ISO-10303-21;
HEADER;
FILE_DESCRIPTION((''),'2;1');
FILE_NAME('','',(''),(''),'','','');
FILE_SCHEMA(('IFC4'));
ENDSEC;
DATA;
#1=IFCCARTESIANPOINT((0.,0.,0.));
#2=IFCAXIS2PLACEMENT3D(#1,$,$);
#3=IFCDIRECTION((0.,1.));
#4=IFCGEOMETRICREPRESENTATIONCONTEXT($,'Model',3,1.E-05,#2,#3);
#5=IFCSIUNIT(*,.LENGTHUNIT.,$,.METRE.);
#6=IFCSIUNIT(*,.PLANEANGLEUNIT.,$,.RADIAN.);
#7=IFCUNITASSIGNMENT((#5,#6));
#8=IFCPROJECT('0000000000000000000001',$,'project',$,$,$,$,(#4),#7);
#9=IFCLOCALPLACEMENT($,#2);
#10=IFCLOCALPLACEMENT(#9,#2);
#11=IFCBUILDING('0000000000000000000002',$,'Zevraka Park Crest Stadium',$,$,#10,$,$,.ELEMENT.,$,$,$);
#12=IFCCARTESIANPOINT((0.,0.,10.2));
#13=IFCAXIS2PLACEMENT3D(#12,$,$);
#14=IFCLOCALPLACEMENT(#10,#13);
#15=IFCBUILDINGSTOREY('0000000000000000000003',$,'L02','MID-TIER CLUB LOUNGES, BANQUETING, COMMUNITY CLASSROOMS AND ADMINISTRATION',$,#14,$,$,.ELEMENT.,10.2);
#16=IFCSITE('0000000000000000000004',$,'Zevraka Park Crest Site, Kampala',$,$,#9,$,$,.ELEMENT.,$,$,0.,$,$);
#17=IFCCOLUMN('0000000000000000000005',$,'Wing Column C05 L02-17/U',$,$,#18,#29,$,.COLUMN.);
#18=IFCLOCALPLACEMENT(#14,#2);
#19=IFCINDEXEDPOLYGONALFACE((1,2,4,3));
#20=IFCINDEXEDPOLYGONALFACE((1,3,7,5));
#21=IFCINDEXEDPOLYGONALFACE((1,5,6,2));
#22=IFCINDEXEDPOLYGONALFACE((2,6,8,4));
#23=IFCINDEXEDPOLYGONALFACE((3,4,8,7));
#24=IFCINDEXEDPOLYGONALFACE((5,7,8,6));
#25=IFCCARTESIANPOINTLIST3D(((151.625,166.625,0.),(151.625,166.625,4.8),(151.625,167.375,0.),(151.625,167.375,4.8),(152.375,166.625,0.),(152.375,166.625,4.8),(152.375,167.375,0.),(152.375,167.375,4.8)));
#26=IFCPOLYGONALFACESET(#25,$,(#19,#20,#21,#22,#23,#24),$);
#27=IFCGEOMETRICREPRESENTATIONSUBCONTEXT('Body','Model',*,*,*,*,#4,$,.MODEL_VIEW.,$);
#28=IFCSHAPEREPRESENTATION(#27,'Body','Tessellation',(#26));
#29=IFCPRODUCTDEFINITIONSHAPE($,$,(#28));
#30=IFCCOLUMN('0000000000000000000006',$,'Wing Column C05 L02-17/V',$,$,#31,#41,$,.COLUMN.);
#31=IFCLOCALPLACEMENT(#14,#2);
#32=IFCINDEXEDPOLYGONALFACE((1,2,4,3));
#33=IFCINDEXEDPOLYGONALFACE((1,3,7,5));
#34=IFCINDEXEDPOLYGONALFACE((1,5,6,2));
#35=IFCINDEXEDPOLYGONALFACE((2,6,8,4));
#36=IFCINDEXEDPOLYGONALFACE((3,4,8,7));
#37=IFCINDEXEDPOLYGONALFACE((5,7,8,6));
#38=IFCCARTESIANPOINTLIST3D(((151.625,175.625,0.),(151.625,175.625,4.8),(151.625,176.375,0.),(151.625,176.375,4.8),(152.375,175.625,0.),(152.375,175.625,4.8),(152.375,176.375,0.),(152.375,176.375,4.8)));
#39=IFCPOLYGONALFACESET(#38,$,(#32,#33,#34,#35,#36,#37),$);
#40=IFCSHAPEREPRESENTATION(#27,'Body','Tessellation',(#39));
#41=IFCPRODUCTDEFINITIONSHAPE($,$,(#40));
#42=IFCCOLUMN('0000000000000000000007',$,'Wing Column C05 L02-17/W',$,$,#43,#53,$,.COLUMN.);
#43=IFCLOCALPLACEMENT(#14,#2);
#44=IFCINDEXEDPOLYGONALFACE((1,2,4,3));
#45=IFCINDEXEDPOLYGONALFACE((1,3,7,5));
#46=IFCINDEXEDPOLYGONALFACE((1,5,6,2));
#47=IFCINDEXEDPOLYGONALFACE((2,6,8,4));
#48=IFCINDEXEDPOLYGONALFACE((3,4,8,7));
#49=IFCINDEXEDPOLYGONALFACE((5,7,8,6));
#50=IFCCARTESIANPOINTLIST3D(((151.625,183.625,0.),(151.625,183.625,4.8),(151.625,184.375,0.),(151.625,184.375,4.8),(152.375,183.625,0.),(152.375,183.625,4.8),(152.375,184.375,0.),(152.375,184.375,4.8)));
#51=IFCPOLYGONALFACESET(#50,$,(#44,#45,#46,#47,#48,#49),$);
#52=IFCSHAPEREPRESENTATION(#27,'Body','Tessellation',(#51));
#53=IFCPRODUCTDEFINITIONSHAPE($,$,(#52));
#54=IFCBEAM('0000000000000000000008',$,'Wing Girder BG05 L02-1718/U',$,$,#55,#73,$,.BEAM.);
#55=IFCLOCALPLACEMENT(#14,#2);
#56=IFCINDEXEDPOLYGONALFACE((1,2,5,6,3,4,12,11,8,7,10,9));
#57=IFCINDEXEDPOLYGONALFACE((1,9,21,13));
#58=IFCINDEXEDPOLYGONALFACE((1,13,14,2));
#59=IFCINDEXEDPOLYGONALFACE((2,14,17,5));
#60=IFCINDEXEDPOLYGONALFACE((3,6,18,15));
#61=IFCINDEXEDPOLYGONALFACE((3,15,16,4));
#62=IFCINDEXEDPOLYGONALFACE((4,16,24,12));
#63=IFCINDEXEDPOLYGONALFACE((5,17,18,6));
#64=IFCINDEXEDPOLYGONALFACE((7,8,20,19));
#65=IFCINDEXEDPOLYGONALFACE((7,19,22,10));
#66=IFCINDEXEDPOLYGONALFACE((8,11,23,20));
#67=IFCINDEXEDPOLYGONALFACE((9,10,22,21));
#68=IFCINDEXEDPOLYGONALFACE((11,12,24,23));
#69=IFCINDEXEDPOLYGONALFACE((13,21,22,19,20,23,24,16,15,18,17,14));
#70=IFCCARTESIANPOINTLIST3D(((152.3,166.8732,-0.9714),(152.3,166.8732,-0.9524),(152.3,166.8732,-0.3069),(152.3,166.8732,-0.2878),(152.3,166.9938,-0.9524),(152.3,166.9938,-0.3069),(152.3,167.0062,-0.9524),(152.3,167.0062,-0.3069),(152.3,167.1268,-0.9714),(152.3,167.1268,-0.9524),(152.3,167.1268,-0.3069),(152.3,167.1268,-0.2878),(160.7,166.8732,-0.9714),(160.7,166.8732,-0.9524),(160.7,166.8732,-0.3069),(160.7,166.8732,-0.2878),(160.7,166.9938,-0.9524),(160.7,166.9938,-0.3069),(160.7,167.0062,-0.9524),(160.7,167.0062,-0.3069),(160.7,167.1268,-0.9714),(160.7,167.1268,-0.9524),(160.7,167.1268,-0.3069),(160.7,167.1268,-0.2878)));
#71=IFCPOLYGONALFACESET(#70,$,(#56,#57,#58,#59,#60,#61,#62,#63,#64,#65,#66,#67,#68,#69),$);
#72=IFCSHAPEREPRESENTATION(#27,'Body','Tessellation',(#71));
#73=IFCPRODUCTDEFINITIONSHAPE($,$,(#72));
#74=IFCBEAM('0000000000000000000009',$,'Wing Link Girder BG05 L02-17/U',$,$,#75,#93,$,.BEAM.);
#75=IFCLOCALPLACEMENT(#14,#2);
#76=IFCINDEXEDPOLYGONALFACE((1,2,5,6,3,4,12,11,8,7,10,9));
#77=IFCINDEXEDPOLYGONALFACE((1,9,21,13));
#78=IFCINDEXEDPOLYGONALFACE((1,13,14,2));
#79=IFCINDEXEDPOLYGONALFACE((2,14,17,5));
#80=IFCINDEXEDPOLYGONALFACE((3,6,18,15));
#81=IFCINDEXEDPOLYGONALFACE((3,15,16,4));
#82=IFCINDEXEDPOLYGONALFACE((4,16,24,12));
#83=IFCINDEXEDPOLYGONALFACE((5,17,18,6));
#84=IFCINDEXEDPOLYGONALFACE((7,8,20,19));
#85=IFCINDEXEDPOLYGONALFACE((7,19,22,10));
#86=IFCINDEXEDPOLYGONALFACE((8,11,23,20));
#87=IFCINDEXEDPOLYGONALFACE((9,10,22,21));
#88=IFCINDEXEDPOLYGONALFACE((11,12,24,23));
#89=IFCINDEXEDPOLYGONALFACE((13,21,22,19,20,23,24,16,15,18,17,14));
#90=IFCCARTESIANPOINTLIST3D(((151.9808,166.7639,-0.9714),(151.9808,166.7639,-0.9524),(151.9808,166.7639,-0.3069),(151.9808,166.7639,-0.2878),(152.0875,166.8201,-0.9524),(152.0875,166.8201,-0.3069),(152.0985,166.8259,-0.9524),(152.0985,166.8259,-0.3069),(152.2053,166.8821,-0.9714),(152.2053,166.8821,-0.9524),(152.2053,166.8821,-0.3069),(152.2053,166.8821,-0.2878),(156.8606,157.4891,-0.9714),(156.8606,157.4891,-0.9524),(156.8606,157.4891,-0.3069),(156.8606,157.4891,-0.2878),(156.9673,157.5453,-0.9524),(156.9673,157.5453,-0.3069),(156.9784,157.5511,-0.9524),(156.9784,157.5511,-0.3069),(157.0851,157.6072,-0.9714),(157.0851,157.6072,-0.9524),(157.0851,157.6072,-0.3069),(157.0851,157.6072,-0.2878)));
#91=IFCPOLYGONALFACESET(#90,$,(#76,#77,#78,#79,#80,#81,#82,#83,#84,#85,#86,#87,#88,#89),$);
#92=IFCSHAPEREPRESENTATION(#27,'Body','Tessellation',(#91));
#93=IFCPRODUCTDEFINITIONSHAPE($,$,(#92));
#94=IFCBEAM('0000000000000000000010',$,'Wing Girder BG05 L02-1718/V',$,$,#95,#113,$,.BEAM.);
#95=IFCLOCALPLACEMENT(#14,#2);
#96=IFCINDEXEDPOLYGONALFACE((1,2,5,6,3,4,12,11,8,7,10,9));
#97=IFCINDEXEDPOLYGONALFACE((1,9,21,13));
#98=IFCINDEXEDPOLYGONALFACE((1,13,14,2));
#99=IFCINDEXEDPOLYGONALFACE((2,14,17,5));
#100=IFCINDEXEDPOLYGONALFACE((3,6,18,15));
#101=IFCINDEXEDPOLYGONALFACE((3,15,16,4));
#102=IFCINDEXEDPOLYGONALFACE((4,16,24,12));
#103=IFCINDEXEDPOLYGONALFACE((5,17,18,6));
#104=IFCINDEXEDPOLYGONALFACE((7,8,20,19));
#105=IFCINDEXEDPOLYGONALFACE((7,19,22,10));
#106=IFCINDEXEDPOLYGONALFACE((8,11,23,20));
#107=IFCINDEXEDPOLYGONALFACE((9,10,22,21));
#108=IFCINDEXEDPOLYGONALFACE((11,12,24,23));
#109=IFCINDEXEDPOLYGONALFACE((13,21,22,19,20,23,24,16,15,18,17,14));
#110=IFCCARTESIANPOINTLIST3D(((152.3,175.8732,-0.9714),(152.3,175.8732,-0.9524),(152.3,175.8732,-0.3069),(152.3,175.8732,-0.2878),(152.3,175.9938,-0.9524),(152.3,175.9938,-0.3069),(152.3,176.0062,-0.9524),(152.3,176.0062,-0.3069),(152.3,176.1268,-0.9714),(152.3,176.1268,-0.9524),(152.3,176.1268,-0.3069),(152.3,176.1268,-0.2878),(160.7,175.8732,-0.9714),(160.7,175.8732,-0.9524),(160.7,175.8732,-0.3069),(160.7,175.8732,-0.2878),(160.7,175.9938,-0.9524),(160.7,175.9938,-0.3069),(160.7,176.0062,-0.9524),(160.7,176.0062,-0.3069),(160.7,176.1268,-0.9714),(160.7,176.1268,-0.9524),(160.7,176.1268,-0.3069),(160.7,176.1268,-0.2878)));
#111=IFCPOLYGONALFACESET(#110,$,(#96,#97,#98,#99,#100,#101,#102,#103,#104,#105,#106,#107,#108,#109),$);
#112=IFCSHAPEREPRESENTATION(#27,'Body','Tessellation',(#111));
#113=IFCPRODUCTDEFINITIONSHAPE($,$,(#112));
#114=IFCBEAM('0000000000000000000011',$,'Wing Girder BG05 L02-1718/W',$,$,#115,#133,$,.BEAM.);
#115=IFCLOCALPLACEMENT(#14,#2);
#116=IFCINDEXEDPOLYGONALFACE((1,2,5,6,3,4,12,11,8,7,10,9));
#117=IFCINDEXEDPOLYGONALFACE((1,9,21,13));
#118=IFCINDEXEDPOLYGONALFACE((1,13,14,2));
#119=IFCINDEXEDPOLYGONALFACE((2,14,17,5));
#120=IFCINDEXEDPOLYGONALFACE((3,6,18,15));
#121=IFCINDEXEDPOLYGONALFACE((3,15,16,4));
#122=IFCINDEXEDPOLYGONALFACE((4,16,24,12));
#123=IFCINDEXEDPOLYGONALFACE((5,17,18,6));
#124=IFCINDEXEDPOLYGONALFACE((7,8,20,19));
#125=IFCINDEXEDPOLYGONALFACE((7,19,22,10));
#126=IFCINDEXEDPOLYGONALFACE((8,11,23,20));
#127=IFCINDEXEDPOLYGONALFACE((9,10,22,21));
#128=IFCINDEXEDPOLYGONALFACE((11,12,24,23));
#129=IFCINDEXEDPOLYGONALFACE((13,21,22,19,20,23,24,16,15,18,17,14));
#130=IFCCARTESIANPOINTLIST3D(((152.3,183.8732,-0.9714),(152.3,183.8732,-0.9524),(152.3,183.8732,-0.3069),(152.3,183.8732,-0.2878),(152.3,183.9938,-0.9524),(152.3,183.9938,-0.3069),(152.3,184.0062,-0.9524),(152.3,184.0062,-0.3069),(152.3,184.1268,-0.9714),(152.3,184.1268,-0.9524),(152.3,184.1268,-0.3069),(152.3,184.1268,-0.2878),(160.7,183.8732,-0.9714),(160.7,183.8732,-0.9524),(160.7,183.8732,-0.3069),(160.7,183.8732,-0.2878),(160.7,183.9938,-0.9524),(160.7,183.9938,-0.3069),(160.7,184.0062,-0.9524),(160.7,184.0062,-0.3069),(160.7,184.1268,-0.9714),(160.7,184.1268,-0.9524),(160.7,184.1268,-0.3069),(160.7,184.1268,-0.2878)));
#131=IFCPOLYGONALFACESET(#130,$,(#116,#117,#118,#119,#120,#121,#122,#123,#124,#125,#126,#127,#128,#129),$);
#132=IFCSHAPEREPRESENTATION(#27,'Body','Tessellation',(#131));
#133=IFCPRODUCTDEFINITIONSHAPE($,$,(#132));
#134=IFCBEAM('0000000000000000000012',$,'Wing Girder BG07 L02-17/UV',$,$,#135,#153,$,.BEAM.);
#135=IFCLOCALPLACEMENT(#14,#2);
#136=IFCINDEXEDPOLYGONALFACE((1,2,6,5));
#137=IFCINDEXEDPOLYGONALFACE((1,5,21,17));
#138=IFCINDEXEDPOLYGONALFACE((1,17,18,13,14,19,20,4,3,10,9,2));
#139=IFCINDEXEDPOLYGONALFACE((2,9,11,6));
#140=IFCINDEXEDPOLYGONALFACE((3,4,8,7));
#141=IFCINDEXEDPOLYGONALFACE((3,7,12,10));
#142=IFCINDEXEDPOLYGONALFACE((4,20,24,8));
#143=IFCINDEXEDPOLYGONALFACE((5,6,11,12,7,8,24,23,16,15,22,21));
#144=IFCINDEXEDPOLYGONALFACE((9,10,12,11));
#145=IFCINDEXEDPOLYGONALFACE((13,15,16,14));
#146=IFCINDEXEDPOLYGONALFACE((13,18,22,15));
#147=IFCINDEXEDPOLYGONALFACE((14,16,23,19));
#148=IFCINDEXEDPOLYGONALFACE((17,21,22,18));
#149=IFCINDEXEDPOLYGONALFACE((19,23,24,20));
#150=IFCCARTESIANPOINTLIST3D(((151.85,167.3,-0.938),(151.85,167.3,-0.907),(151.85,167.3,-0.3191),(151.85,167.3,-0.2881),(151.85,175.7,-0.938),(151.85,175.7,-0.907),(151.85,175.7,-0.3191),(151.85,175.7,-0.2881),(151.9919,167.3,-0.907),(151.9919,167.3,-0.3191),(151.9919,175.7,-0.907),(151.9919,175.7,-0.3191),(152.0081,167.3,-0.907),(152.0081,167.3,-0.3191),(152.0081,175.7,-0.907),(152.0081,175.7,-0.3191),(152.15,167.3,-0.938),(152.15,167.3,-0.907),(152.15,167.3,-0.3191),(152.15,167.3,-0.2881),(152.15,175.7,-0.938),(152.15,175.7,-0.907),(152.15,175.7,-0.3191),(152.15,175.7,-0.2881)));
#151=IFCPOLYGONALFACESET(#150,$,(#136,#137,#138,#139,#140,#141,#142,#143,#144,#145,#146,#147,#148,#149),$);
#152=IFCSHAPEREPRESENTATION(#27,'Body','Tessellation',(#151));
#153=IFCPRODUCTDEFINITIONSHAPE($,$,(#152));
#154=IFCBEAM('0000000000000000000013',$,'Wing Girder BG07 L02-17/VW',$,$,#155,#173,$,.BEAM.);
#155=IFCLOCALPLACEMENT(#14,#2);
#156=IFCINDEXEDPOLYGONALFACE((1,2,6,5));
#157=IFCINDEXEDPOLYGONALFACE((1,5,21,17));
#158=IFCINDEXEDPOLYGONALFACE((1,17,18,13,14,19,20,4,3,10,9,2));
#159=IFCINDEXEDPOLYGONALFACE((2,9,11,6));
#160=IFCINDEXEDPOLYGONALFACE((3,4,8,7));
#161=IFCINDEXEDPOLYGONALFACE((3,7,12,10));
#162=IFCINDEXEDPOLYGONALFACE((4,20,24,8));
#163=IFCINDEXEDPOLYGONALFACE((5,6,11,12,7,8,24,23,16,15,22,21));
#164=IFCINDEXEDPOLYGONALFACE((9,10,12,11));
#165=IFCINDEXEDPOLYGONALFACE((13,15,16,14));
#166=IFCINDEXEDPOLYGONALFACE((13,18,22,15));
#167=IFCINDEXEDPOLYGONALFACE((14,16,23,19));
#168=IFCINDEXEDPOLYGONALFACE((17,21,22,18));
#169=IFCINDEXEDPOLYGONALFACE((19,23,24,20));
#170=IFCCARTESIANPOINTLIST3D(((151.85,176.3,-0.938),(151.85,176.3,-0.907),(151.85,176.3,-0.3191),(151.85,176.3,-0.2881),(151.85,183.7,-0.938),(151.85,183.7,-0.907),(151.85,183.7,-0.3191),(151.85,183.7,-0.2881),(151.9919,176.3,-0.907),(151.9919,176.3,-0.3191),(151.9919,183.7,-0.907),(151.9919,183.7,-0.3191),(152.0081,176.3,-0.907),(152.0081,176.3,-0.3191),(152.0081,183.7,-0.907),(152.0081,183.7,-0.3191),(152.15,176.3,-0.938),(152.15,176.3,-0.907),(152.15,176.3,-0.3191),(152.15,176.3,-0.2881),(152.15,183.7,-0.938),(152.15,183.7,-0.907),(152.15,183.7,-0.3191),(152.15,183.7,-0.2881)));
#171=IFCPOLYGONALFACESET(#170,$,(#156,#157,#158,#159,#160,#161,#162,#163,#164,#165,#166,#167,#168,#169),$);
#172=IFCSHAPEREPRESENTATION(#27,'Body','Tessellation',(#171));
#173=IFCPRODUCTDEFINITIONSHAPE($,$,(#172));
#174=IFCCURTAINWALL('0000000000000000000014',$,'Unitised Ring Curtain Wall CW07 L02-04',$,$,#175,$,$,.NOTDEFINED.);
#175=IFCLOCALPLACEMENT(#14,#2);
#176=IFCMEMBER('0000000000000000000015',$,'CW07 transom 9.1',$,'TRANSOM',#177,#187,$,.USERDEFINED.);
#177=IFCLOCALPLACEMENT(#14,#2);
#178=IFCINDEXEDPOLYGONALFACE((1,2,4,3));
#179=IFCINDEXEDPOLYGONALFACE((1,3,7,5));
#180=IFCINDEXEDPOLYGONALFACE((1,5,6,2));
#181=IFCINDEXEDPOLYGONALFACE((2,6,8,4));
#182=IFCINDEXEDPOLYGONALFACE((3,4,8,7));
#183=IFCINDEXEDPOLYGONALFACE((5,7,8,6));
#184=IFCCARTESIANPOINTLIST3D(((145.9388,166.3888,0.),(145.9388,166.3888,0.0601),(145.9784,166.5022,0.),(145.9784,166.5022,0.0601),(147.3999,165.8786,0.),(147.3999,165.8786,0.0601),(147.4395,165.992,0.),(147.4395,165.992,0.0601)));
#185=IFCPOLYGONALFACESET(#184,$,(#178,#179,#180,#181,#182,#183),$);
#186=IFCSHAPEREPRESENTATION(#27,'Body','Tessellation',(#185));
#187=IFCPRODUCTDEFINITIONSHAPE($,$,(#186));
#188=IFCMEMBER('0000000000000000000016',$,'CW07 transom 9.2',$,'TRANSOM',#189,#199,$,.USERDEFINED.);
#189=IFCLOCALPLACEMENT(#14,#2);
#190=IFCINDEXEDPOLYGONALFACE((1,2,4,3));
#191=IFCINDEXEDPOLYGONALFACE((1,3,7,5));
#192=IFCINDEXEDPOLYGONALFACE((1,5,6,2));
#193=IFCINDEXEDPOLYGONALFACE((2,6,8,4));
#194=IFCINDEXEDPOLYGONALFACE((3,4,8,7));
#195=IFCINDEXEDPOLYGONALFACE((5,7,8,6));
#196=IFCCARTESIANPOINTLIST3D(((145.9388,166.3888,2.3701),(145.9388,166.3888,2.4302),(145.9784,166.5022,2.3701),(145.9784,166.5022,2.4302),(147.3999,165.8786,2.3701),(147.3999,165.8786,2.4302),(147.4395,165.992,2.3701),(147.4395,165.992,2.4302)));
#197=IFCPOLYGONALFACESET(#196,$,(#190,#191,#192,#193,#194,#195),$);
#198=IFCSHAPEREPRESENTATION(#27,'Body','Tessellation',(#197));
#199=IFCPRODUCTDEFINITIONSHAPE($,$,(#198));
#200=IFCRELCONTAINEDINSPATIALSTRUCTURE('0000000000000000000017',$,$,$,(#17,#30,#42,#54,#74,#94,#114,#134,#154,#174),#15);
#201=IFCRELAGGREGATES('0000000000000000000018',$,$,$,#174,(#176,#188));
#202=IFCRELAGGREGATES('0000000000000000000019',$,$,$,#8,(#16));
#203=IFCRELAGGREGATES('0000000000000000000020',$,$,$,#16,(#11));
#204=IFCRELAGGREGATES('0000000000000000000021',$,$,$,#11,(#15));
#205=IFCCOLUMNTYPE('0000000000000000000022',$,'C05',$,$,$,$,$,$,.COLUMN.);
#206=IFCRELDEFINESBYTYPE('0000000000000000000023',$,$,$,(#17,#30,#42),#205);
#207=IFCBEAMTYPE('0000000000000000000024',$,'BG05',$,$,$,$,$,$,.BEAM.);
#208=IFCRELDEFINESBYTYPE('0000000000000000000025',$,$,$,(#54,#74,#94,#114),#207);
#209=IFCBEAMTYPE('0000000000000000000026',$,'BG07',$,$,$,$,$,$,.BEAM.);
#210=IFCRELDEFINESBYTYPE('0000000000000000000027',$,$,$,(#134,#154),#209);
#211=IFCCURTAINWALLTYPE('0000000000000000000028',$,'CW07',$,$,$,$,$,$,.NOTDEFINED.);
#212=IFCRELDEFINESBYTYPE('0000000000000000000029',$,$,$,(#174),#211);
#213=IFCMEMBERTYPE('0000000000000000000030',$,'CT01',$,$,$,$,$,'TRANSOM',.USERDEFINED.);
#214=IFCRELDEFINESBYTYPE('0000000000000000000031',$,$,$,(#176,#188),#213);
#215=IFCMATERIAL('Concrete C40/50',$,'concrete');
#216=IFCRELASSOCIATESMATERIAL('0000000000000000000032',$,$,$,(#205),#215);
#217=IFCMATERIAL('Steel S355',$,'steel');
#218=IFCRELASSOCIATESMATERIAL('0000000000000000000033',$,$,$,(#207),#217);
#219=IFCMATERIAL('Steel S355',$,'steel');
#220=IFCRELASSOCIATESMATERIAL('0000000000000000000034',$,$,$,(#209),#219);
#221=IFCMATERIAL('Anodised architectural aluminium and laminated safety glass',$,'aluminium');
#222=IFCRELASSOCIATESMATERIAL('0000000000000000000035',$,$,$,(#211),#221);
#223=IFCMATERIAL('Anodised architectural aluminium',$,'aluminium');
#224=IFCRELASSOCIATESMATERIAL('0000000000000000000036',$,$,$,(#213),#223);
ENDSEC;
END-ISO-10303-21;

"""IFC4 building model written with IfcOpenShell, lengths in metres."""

from ifc_helpers import new_model, si_unit, direction, frame, origin, origin_2d, place, context, subcontext, project, spatial, rectangle, i_section, extrude, material, material_profile, profile_set, type_object, element, aggregate, save


model = new_model("IFC4")

# Units and contexts
model_context = context("Model", 3, precision=1e-05, world=origin(), true_north=direction((0.0, 1.0)))
body_context = subcontext(model_context, "Body", "Model", "MODEL_VIEW")
ifc_project = project(units=[si_unit("LENGTHUNIT", "METRE"), si_unit("PLANEANGLEUNIT", "RADIAN")], contexts=[model_context])

# Site, building, storey
site_placement = place(None, origin())
site = spatial("IfcSite", under=ifc_project, at=site_placement, Name="Zevraka Park Crest Site, Kampala", CompositionType="ELEMENT", RefElevation=0.0)
building_placement = place(site_placement, origin())
building = spatial("IfcBuilding", under=site, at=building_placement, Name="Zevraka Park Crest Stadium", CompositionType="ELEMENT")
storey_placement = place(building_placement, frame((0.0, 0.0, 10.2)))
storey = spatial("IfcBuildingStorey", under=building, at=storey_placement, Name="L02", Description="MID-TIER CLUB LOUNGES, BANQUETING, COMMUNITY CLASSROOMS AND ADMINISTRATION", CompositionType="ELEMENT", Elevation=10.2)

# Columns
ifc_material_1 = material(Name="Concrete C40/50", Category="concrete")
ifc_material_profile_1 = material_profile(ifc_material_1, rectangle(XDim=0.75, YDim=0.75, at=origin_2d()), Name="RC 750x750")
ifc_profile_set_1 = profile_set([ifc_material_profile_1], Name="Concrete C40/50")
column_type = type_object("IfcColumnType", Name="C05", PredefinedType="COLUMN", material=ifc_profile_set_1)
for number, where, z_axis, x_axis, name in (
    (1, (152.0, 167.0, 0.0), (0.0, 0.0, 1.0), (1.0, 0.0, 0.0), "Wing Column C05 L02-17/U"),
    (2, (152.0, 176.0, 0.0), (0.0, 0.0, 1.0), (1.0, 0.0, 0.0), "Wing Column C05 L02-17/V"),
    (3, (152.0, 184.0, 0.0), (0.0, 0.0, 1.0), (1.0, 0.0, 0.0), "Wing Column C05 L02-17/W"),
):
    element("IfcColumn", number, at=place(storey_placement, frame(where, z_axis=z_axis, x_axis=x_axis)), inside=storey, type_object=column_type, Name=name, PredefinedType="COLUMN", context=body_context, shape_type="SweptSolid", body=[
        extrude(rectangle(XDim=0.75, YDim=0.75, at=origin_2d()), origin(), (0.0, 0.0, 1.0), 4.8),
    ])

# Beams
ifc_material_2 = material(Name="Steel S355", Category="steel")
ifc_material_profile_2 = material_profile(ifc_material_2, i_section(OverallWidth=0.2537, OverallDepth=0.6836, WebThickness=0.0125, FlangeThickness=0.019, at=origin_2d()), Name="UKB 686x254x140")
ifc_profile_set_2 = profile_set([ifc_material_profile_2], Name="Steel S355")
beam_type_1 = type_object("IfcBeamType", Name="BG05", PredefinedType="BEAM", material=ifc_profile_set_2)
beam_1_placement = place(storey_placement, frame((152.3, 167.0, -0.6296), z_axis=(1.0, 0.0, 0.0), x_axis=(0.0, 1.0, 0.0)))
element("IfcBeam", 4, at=beam_1_placement, inside=storey, type_object=beam_type_1, Name="Wing Girder BG05 L02-1718/U", PredefinedType="BEAM", context=body_context, shape_type="SweptSolid", body=[
    extrude(i_section(OverallWidth=0.2537, OverallDepth=0.6836, WebThickness=0.0125, FlangeThickness=0.019, at=origin_2d()), origin(), (0.0, 0.0, 1.0), 8.3999),
])
beam_2_placement = place(storey_placement, frame((152.093, 166.823, -0.6296), z_axis=(0.465624, -0.884983, 0.0), x_axis=(0.884983, 0.465624, 0.0)))
element("IfcBeam", 5, at=beam_2_placement, inside=storey, type_object=beam_type_1, Name="Wing Link Girder BG05 L02-17/U", PredefinedType="BEAM", context=body_context, shape_type="SweptSolid", body=[
    extrude(i_section(OverallWidth=0.2537, OverallDepth=0.6836, WebThickness=0.0125, FlangeThickness=0.019, at=origin_2d()), origin(), (0.0, 0.0, 1.0), 10.4802),
])
for number, where, z_axis, x_axis, name in (
    (6, (152.3, 176.0, -0.6296), (1.0, 0.0, 0.0), (0.0, 1.0, 0.0), "Wing Girder BG05 L02-1718/V"),
    (7, (152.3, 184.0, -0.6296), (1.0, 0.0, 0.0), (0.0, 1.0, 0.0), "Wing Girder BG05 L02-1718/W"),
):
    element("IfcBeam", number, at=place(storey_placement, frame(where, z_axis=z_axis, x_axis=x_axis)), inside=storey, type_object=beam_type_1, Name=name, PredefinedType="BEAM", context=body_context, shape_type="SweptSolid", body=[
        extrude(i_section(OverallWidth=0.2537, OverallDepth=0.6836, WebThickness=0.0125, FlangeThickness=0.019, at=origin_2d()), origin(), (0.0, 0.0, 1.0), 8.3999),
    ])
ifc_material_3 = material(Name="Steel S355", Category="steel")
ifc_material_profile_3 = material_profile(ifc_material_3, i_section(OverallWidth=0.3, OverallDepth=0.6499, WebThickness=0.0161, FlangeThickness=0.031, at=origin_2d()), Name="HEB 650")
ifc_profile_set_3 = profile_set([ifc_material_profile_3], Name="Steel S355")
beam_type_2 = type_object("IfcBeamType", Name="BG07", PredefinedType="BEAM", material=ifc_profile_set_3)
beam_3_placement = place(storey_placement, frame((152.0, 167.3, -0.613), z_axis=(0.0, 1.0, 0.0), x_axis=(-1.0, 0.0, 0.0)))
element("IfcBeam", 8, at=beam_3_placement, inside=storey, type_object=beam_type_2, Name="Wing Girder BG07 L02-17/UV", PredefinedType="BEAM", context=body_context, shape_type="SweptSolid", body=[
    extrude(i_section(OverallWidth=0.3, OverallDepth=0.6499, WebThickness=0.0161, FlangeThickness=0.031, at=origin_2d()), origin(), (0.0, 0.0, 1.0), 8.3999),
])
beam_4_placement = place(storey_placement, frame((152.0, 176.3, -0.613), z_axis=(0.0, 1.0, 0.0), x_axis=(-1.0, 0.0, 0.0)))
element("IfcBeam", 9, at=beam_4_placement, inside=storey, type_object=beam_type_2, Name="Wing Girder BG07 L02-17/VW", PredefinedType="BEAM", context=body_context, shape_type="SweptSolid", body=[
    extrude(i_section(OverallWidth=0.3, OverallDepth=0.6499, WebThickness=0.0161, FlangeThickness=0.031, at=origin_2d()), origin(), (0.0, 0.0, 1.0), 7.3999),
])

# Curtain wall, members
ifc_material_4 = material(Name="Anodised architectural aluminium and laminated safety glass", Category="aluminium")
curtain_wall_type = type_object("IfcCurtainWallType", Name="CW07", PredefinedType="NOTDEFINED", material=ifc_material_4)
curtain_wall_placement = place(storey_placement, origin())
curtain_wall = element("IfcCurtainWall", 10, at=curtain_wall_placement, inside=storey, type_object=curtain_wall_type, Name="Unitised Ring Curtain Wall CW07 L02-04", PredefinedType="NOTDEFINED")
ifc_material_5 = material(Name="Anodised architectural aluminium", Category="aluminium")
ifc_material_profile_4 = material_profile(ifc_material_5, rectangle(XDim=0.1201, YDim=0.0601, at=origin_2d()), Name="ALU TRANSOM 120x60")
ifc_profile_set_4 = profile_set([ifc_material_profile_4], Name="Anodised architectural aluminium")
member_type = type_object("IfcMemberType", Name="CT01", ElementType="TRANSOM", PredefinedType="USERDEFINED", material=ifc_profile_set_4)
member_1_placement = place(storey_placement, frame((147.4197, 165.9353, 0.03), z_axis=(-0.944092, 0.329683, 0.0), x_axis=(-0.329683, -0.944092, 0.0)))
member_1 = element("IfcMember", 11, at=member_1_placement, type_object=member_type, Name="CW07 transom 9.1", ObjectType="TRANSOM", PredefinedType="USERDEFINED", context=body_context, shape_type="SweptSolid", body=[
    extrude(rectangle(XDim=0.1201, YDim=0.0601, at=origin_2d()), origin(), (0.0, 0.0, 1.0), 1.5476),
])
member_2_placement = place(storey_placement, frame((147.4197, 165.9353, 2.4001), z_axis=(-0.944092, 0.329683, 0.0), x_axis=(-0.329683, -0.944092, 0.0)))
member_2 = element("IfcMember", 12, at=member_2_placement, type_object=member_type, Name="CW07 transom 9.2", ObjectType="TRANSOM", PredefinedType="USERDEFINED", context=body_context, shape_type="SweptSolid", body=[
    extrude(rectangle(XDim=0.1201, YDim=0.0601, at=origin_2d()), origin(), (0.0, 0.0, 1.0), 1.5476),
])
aggregate(curtain_wall, [member_1, member_2])

save(model, "model.ifc")
